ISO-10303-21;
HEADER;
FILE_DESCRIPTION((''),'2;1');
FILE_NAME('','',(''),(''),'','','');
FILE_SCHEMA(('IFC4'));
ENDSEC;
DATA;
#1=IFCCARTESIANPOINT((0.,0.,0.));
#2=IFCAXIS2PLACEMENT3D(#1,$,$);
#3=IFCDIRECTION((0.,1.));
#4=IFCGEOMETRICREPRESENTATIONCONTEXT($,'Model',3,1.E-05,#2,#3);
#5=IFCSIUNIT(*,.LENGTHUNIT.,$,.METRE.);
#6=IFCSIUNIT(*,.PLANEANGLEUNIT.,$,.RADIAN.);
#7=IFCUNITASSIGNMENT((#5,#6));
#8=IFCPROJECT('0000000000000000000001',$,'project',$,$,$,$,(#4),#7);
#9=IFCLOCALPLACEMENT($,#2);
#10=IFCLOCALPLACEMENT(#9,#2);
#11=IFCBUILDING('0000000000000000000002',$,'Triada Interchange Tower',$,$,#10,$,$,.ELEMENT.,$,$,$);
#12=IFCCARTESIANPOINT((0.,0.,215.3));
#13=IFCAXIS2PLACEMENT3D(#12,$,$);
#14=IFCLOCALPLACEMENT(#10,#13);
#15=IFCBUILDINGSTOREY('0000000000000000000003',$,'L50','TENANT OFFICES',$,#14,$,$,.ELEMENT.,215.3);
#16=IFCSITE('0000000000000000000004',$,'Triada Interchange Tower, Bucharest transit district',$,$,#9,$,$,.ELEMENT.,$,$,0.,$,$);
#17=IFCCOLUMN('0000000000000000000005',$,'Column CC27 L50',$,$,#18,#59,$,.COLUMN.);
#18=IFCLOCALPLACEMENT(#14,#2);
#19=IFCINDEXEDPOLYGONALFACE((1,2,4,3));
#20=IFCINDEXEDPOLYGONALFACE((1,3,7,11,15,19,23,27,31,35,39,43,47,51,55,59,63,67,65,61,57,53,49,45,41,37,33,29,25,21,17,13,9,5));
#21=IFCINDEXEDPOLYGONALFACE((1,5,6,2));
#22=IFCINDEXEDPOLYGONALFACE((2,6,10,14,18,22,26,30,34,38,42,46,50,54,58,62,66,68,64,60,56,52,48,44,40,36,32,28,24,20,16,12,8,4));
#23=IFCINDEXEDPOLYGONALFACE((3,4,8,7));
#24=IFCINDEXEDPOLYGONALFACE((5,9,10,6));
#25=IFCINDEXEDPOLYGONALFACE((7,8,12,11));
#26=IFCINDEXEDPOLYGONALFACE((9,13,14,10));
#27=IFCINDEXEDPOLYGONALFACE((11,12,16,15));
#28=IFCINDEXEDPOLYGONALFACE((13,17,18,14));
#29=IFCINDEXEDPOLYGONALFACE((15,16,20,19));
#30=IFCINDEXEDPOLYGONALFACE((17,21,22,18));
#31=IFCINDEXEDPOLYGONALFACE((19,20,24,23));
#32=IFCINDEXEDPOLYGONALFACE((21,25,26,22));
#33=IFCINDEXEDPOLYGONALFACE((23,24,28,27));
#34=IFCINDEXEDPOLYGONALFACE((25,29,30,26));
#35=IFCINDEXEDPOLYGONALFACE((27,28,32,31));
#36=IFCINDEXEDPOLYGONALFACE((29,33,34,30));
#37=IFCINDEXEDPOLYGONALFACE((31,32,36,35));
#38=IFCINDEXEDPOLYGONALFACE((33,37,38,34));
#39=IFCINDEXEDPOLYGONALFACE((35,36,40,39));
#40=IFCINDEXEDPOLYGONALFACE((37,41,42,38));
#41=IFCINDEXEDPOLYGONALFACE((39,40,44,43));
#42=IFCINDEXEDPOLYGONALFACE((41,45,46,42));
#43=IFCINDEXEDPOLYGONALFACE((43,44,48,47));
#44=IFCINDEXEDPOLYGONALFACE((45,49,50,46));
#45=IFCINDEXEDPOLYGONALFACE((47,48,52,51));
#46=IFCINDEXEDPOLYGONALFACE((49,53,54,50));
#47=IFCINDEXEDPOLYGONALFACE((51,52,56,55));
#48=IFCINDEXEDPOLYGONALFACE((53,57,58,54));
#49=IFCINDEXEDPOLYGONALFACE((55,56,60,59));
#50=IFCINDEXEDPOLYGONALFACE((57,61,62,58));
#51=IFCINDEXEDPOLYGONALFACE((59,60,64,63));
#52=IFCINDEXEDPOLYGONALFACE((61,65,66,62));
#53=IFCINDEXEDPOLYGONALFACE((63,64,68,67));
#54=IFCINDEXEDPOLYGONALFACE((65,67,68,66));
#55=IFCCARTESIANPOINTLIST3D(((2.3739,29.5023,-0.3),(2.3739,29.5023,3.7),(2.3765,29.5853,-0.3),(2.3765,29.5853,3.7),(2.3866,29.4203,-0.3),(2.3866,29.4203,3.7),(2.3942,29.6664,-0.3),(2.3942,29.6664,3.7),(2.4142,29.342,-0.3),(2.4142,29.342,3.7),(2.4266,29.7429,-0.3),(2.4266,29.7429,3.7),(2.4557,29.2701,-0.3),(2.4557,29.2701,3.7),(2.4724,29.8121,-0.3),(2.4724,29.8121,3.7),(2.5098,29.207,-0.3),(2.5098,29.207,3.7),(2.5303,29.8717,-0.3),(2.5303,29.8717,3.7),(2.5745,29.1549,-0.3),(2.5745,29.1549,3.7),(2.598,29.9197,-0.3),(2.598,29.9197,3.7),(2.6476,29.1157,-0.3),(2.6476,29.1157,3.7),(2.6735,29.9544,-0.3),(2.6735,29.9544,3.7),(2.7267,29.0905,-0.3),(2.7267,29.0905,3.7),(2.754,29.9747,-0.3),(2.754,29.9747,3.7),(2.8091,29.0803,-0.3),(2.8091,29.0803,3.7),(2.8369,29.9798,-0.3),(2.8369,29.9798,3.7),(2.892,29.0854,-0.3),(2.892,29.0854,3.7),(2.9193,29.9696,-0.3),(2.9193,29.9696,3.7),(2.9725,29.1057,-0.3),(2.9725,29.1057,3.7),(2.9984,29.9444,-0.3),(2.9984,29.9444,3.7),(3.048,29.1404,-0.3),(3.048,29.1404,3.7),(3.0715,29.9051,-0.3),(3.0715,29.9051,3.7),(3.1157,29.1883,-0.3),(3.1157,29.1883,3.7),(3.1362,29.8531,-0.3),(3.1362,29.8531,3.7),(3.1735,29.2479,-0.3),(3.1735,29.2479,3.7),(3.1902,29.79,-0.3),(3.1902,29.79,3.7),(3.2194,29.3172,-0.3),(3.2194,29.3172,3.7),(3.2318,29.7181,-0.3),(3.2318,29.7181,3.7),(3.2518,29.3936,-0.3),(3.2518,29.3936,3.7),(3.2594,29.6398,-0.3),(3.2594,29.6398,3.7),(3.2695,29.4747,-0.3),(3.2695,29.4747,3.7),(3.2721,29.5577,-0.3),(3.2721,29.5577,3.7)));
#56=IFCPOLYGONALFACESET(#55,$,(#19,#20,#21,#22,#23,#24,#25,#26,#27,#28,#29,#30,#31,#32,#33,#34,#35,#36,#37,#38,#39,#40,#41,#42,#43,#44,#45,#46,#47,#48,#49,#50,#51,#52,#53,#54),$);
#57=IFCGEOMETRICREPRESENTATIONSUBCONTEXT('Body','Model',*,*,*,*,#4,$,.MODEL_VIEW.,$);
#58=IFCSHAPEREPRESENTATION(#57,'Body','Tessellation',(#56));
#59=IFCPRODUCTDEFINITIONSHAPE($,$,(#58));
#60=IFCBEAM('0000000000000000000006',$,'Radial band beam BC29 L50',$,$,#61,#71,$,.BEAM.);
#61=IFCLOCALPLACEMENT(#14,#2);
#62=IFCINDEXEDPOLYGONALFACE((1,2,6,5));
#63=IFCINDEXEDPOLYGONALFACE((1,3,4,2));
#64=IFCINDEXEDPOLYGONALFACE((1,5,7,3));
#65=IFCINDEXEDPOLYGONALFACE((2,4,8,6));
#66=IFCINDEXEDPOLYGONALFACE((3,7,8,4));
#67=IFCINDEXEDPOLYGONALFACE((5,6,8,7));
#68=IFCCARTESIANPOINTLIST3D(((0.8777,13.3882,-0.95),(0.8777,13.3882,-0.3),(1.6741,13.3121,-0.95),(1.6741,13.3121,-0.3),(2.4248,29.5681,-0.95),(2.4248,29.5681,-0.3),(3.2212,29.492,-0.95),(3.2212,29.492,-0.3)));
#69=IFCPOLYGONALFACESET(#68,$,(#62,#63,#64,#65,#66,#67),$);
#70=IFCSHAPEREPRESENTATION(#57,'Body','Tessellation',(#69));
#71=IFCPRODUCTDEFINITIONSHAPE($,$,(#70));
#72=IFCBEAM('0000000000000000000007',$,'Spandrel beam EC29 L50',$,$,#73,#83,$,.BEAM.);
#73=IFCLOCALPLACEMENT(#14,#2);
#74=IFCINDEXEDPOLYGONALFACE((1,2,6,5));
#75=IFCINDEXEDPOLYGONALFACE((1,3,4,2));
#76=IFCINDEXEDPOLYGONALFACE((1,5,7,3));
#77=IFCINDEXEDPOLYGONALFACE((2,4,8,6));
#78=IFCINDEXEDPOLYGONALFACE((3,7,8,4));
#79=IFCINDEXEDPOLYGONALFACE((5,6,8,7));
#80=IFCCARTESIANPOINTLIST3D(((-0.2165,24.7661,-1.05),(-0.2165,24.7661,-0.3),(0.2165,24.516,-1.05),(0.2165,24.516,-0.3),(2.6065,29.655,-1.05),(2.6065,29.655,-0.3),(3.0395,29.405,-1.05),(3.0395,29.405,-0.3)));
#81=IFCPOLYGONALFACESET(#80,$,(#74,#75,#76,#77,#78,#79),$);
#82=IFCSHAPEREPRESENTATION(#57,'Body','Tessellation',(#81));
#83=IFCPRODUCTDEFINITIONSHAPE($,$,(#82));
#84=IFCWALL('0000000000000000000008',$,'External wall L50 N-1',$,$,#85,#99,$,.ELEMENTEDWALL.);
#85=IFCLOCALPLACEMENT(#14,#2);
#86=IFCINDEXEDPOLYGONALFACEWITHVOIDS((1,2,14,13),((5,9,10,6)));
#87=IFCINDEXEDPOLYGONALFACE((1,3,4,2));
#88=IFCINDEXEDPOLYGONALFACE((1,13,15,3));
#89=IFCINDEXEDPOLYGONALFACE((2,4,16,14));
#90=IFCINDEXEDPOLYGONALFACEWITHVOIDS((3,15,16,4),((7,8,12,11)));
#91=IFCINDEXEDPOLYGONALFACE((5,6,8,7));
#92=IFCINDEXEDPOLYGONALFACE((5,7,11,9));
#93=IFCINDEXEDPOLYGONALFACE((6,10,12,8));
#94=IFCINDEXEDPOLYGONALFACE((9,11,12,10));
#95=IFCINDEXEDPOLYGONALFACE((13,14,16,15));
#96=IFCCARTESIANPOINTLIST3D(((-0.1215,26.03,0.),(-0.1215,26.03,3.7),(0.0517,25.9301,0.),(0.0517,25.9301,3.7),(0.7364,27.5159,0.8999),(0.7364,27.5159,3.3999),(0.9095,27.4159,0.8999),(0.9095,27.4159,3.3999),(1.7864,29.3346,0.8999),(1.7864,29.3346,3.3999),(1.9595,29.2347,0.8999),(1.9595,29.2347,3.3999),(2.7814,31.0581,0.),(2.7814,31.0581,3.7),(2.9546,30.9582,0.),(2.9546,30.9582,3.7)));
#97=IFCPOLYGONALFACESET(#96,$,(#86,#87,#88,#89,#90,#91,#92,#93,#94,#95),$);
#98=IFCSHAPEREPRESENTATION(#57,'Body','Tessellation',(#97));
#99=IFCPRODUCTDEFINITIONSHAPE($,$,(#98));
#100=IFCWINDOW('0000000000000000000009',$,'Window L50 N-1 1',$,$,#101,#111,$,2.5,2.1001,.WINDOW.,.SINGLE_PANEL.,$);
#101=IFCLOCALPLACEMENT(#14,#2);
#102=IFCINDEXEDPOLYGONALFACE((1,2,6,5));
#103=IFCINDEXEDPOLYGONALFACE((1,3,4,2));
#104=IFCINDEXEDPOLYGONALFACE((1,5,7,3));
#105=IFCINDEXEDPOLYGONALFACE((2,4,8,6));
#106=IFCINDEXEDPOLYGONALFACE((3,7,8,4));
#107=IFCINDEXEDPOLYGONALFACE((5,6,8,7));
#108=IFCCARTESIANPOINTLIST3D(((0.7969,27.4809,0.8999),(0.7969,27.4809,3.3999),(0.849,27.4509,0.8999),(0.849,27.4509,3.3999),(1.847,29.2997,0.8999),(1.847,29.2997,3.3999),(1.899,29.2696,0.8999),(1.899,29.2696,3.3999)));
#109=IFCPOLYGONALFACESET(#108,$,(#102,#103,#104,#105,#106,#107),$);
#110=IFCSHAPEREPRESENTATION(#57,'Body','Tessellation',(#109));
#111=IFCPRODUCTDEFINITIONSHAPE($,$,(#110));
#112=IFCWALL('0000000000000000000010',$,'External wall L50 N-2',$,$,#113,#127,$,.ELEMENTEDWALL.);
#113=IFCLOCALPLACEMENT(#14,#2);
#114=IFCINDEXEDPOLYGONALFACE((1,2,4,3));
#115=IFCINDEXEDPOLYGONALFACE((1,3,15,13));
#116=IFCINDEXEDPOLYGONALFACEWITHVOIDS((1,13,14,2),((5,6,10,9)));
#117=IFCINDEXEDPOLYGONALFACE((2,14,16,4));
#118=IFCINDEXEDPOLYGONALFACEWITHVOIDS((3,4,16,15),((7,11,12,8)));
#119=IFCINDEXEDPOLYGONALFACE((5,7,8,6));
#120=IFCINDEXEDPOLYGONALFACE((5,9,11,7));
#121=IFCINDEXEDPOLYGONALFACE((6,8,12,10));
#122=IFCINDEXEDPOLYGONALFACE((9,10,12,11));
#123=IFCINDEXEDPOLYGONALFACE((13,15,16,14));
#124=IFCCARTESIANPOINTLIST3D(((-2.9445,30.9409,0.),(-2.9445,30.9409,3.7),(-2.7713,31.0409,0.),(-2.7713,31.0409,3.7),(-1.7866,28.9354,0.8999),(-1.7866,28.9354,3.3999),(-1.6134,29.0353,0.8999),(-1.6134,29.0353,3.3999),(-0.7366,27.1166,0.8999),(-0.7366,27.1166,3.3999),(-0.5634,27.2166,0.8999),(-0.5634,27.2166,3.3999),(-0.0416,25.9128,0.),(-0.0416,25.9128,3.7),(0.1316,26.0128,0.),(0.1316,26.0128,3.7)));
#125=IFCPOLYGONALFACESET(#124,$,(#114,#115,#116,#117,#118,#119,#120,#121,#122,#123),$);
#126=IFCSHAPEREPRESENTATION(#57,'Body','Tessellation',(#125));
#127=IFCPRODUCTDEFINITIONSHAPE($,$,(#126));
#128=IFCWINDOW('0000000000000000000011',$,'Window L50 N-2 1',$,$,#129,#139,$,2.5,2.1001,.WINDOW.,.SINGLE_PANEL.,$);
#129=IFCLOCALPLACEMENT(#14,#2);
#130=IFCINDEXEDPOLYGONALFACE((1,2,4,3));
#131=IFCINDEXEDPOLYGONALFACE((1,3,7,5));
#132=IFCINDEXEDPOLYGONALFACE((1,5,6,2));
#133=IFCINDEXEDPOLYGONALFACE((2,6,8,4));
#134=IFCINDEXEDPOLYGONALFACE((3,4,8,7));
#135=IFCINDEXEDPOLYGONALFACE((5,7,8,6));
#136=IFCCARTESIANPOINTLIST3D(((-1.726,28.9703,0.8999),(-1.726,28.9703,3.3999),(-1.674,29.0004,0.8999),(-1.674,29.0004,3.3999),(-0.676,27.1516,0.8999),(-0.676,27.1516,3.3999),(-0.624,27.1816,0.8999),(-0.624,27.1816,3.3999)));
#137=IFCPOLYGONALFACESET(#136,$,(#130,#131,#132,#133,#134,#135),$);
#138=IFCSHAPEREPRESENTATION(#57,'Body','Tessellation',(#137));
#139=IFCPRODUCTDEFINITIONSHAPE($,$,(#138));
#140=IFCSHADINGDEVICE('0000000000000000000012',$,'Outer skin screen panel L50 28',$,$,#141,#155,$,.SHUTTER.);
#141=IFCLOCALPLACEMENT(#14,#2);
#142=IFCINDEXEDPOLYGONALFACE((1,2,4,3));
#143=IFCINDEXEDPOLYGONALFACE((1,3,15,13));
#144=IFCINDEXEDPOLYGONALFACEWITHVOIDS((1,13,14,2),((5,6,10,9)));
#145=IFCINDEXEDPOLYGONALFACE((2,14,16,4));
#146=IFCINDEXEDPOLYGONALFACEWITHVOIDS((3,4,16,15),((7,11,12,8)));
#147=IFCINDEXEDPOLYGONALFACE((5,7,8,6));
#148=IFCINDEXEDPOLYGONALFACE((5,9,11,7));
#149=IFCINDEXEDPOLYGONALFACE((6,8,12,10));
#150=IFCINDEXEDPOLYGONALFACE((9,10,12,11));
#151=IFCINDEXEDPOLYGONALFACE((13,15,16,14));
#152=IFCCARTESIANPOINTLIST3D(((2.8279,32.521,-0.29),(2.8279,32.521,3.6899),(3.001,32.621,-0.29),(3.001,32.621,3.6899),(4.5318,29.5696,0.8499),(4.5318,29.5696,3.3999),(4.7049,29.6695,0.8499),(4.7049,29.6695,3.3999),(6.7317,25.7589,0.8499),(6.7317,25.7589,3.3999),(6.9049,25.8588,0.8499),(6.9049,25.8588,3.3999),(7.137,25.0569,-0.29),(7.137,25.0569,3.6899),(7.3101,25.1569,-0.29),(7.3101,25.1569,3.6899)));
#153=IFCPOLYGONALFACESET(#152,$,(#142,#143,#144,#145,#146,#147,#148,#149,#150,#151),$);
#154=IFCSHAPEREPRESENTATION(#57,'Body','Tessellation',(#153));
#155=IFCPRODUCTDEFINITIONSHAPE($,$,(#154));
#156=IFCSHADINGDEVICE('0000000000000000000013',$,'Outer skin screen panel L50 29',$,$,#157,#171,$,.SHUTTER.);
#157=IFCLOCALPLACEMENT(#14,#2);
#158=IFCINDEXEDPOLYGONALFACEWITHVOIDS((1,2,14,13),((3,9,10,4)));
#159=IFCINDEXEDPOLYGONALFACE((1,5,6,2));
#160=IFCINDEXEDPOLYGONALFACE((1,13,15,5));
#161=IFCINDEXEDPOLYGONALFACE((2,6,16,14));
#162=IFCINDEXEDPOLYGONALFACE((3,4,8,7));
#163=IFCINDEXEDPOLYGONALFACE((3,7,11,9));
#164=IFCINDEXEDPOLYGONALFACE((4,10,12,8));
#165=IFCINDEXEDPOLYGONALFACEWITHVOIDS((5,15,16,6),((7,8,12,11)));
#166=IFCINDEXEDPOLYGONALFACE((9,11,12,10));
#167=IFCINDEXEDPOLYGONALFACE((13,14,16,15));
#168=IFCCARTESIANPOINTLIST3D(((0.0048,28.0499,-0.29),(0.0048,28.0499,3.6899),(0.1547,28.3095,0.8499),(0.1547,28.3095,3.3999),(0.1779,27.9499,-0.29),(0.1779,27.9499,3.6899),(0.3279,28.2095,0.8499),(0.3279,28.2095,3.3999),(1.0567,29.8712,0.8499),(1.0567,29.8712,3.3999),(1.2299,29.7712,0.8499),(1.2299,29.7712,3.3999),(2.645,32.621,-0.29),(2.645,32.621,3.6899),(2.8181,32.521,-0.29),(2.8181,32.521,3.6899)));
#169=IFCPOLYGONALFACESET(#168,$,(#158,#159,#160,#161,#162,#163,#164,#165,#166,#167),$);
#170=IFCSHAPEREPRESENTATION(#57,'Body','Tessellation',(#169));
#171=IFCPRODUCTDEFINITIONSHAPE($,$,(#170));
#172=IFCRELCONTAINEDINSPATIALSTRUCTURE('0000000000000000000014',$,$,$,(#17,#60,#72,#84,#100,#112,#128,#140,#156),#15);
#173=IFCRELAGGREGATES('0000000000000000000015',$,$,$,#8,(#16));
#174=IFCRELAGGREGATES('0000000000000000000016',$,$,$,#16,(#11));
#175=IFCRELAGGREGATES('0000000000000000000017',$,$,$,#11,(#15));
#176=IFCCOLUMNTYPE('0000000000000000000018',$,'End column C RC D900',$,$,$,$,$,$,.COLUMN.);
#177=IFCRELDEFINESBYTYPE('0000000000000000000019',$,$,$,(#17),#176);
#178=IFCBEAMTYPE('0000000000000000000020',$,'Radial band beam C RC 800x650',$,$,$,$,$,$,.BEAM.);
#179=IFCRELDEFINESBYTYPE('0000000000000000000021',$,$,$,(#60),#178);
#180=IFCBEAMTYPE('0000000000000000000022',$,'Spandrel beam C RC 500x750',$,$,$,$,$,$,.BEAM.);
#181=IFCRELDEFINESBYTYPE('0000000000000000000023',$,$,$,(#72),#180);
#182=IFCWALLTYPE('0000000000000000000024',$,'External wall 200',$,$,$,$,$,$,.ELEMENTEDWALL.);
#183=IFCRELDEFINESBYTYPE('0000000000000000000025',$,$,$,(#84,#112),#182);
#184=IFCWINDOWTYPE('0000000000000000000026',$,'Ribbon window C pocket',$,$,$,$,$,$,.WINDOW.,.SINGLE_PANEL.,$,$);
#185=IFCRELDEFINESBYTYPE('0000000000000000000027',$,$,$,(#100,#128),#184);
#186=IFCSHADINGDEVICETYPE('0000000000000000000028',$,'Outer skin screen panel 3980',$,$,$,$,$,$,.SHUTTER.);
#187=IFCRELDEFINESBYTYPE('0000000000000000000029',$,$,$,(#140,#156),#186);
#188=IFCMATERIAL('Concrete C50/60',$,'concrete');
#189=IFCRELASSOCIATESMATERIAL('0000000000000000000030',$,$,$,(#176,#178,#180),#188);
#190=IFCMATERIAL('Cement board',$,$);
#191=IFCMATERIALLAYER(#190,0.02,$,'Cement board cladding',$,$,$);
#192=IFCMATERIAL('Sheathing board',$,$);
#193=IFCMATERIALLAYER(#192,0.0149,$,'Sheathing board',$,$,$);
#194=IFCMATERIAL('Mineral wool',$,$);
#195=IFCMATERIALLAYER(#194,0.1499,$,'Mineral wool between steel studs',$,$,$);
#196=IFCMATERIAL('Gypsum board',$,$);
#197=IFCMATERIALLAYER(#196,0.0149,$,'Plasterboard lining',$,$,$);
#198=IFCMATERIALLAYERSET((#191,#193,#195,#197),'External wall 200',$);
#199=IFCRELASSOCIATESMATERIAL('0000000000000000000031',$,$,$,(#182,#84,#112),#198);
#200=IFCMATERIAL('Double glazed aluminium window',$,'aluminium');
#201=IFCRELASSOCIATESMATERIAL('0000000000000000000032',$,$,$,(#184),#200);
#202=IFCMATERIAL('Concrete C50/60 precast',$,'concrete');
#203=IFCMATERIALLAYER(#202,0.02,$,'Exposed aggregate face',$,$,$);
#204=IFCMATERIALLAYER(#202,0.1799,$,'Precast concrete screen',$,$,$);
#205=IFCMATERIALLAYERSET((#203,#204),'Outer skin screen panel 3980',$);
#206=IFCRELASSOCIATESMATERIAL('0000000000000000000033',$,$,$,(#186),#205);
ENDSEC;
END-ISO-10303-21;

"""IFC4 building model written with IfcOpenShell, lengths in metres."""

from ifc_helpers import new_model, si_unit, direction, frame, frame_2d, origin, origin_2d, place, context, subcontext, project, spatial, polyline, rectangle, circle, outline, extrude, material, layer, layer_set, layer_usage, material_profile, profile_set, type_object, element, fill, save


model = new_model("IFC4")

# Units and contexts
model_context = context("Model", 3, precision=1e-05, world=origin(), true_north=direction((0.0, 1.0)))
body_context = subcontext(model_context, "Body", "Model", "MODEL_VIEW")
ifc_project = project(units=[si_unit("LENGTHUNIT", "METRE"), si_unit("PLANEANGLEUNIT", "RADIAN")], contexts=[model_context])

# Site, building, storey
site_placement = place(None, origin())
site = spatial("IfcSite", under=ifc_project, at=site_placement, Name="Triada Interchange Tower, Bucharest transit district", CompositionType="ELEMENT", RefElevation=0.0)
building_placement = place(site_placement, origin())
building = spatial("IfcBuilding", under=site, at=building_placement, Name="Triada Interchange Tower", CompositionType="ELEMENT")
storey_placement = place(building_placement, frame((0.0, 0.0, 215.3)))
storey = spatial("IfcBuildingStorey", under=building, at=storey_placement, Name="L50", Description="TENANT OFFICES", CompositionType="ELEMENT", Elevation=215.3)

# Column
ifc_material_1 = material(Name="Concrete C50/60", Category="concrete")
ifc_material_profile_1 = material_profile(ifc_material_1, circle(Radius=0.45, at=origin_2d()), Name="RC D900")
ifc_profile_set_1 = profile_set([ifc_material_profile_1], Name="Concrete C50/60")
column_type = type_object("IfcColumnType", Name="End column C RC D900", PredefinedType="COLUMN", material=ifc_profile_set_1)
column_placement = place(storey_placement, frame((2.823, 29.53, -0.3), z_axis=(0.0, 0.0, 1.0), x_axis=(-0.5, 0.866025, 0.0)))
element("IfcColumn", 1, at=column_placement, inside=storey, type_object=column_type, Name="Column CC27 L50", PredefinedType="COLUMN", context=body_context, shape_type="SweptSolid", body=[
    extrude(circle(Radius=0.45, at=origin_2d()), origin(), (0.0, 0.0, 1.0), 4.0),
])

# Beams
ifc_material_profile_2 = material_profile(ifc_material_1, rectangle(XDim=0.8, YDim=0.6499, at=origin_2d()), Name="RC 800x650")
ifc_profile_set_2 = profile_set([ifc_material_profile_2], Name="Concrete C50/60")
beam_type_1 = type_object("IfcBeamType", Name="Radial band beam C RC 800x650", PredefinedType="BEAM", material=ifc_profile_set_2)
beam_1_placement = place(storey_placement, frame((2.823, 29.53, -0.625), z_axis=(-0.095185, -0.99546, 0.0), x_axis=(0.99546, -0.095185, 0.0)))
element("IfcBeam", 2, at=beam_1_placement, inside=storey, type_object=beam_type_1, Name="Radial band beam BC29 L50", PredefinedType="BEAM", context=body_context, shape_type="SweptSolid", body=[
    extrude(rectangle(XDim=0.8, YDim=0.6499, at=origin_2d()), origin(), (0.0, 0.0, 1.0), 16.2537),
])
ifc_material_profile_3 = material_profile(ifc_material_1, rectangle(XDim=0.5, YDim=0.75, at=origin_2d()), Name="RC 500x750")
ifc_profile_set_3 = profile_set([ifc_material_profile_3], Name="Concrete C50/60")
beam_type_2 = type_object("IfcBeamType", Name="Spandrel beam C RC 500x750", PredefinedType="BEAM", material=ifc_profile_set_3)
beam_2_placement = place(storey_placement, frame((2.823, 29.53, -0.675), z_axis=(-0.500051, -0.865996, 0.0), x_axis=(0.865996, -0.500051, 0.0)))
element("IfcBeam", 3, at=beam_2_placement, inside=storey, type_object=beam_type_2, Name="Spandrel beam EC29 L50", PredefinedType="BEAM", context=body_context, shape_type="SweptSolid", body=[
    extrude(rectangle(XDim=0.5, YDim=0.75, at=origin_2d()), origin(), (0.0, 0.0, 1.0), 5.6455),
])

# Walls, openings, windows
ifc_material_2 = material(Name="Cement board")
ifc_layer_1 = layer(ifc_material_2, 0.02, Name="Cement board cladding")
ifc_material_3 = material(Name="Sheathing board")
ifc_layer_2 = layer(ifc_material_3, 0.0149, Name="Sheathing board")
ifc_material_4 = material(Name="Mineral wool")
ifc_layer_3 = layer(ifc_material_4, 0.1499, Name="Mineral wool between steel studs")
ifc_material_5 = material(Name="Gypsum board")
ifc_layer_4 = layer(ifc_material_5, 0.0149, Name="Plasterboard lining")
ifc_layer_set_1 = layer_set([ifc_layer_1, ifc_layer_2, ifc_layer_3, ifc_layer_4], Name="External wall 200")
ifc_layer_usage = layer_usage(ifc_layer_set_1, "AXIS2", "POSITIVE", -0.1001)
wall_type = type_object("IfcWallType", Name="External wall 200", PredefinedType="ELEMENTEDWALL", material=ifc_layer_set_1)
wall_1_placement = place(storey_placement, frame((2.8679, 31.0081, 0.0), z_axis=(0.0, 0.0, 1.0), x_axis=(-0.499983, -0.866035, 0.0)))
wall_1 = element("IfcWall", 4, at=wall_1_placement, inside=storey, type_object=wall_type, material=ifc_layer_usage, Name="External wall L50 N-1", PredefinedType="ELEMENTEDWALL", context=body_context, shape_type="SweptSolid", body=[
    extrude(rectangle(XDim=5.8059, YDim=0.2, at=frame_2d((2.9028, 0.0))), origin(), (0.0, 0.0, 1.0), 3.7),
])
opening_1_placement = place(wall_1_placement, frame((1.99, 0.0, 0.8999)))
opening_1 = element("IfcOpeningElement", 5, at=opening_1_placement, cuts=wall_1, PredefinedType="OPENING", context=body_context, shape_type="SweptSolid", body=[
    extrude(rectangle(XDim=2.1001, YDim=2.5, at=frame_2d((1.05, 1.25))), frame((0.0, 0.1099, 0.0), z_axis=(0.0, -1.0, 0.0), x_axis=(1.0, 0.0, 0.0)), (0.0, 0.0, 1.0), 0.22),
])
ifc_material_6 = material(Name="Double glazed aluminium window", Category="aluminium")
window_type = type_object("IfcWindowType", Name="Ribbon window C pocket", PartitioningType="SINGLE_PANEL", PredefinedType="WINDOW", material=ifc_material_6)
window_1_placement = place(opening_1_placement, origin())
window_1 = element("IfcWindow", 6, at=window_1_placement, inside=storey, type_object=window_type, Name="Window L50 N-1 1", OverallHeight=2.5, OverallWidth=2.1001, PartitioningType="SINGLE_PANEL", PredefinedType="WINDOW", context=body_context, shape_type="SweptSolid", body=[
    extrude(rectangle(XDim=2.1001, YDim=2.5, at=frame_2d((1.05, 1.25))), frame((0.0, 0.03, 0.0), z_axis=(0.0, -1.0, 0.0), x_axis=(1.0, 0.0, 0.0)), (0.0, 0.0, 1.0), 0.0601),
])
fill(opening_1, window_1)
wall_2_placement = place(storey_placement, frame((0.0449, 25.9629, 0.0), z_axis=(0.0, 0.0, 1.0), x_axis=(-0.499983, 0.866035, 0.0)))
wall_2 = element("IfcWall", 7, at=wall_2_placement, inside=storey, type_object=wall_type, material=ifc_layer_usage, Name="External wall L50 N-2", PredefinedType="ELEMENTEDWALL", context=body_context, shape_type="SweptSolid", body=[
    extrude(rectangle(XDim=5.8059, YDim=0.2, at=frame_2d((2.9028, 0.0))), origin(), (0.0, 0.0, 1.0), 3.7),
])
opening_2_placement = place(wall_2_placement, frame((1.3899, 0.0, 0.8999)))
opening_2 = element("IfcOpeningElement", 8, at=opening_2_placement, cuts=wall_2, PredefinedType="OPENING", context=body_context, shape_type="SweptSolid", body=[
    extrude(rectangle(XDim=2.1001, YDim=2.5, at=frame_2d((1.05, 1.25))), frame((0.0, 0.1099, 0.0), z_axis=(0.0, -1.0, 0.0), x_axis=(1.0, 0.0, 0.0)), (0.0, 0.0, 1.0), 0.22),
])
window_2_placement = place(opening_2_placement, origin())
window_2 = element("IfcWindow", 9, at=window_2_placement, inside=storey, type_object=window_type, Name="Window L50 N-2 1", OverallHeight=2.5, OverallWidth=2.1001, PartitioningType="SINGLE_PANEL", PredefinedType="WINDOW", context=body_context, shape_type="SweptSolid", body=[
    extrude(rectangle(XDim=2.1001, YDim=2.5, at=frame_2d((1.05, 1.25))), frame((0.0, 0.03, 0.0), z_axis=(0.0, -1.0, 0.0), x_axis=(1.0, 0.0, 0.0)), (0.0, 0.0, 1.0), 0.0601),
])
fill(opening_2, window_2)

# Shading devices
ifc_material_7 = material(Name="Concrete C50/60 precast", Category="concrete")
ifc_layer_5 = layer(ifc_material_7, 0.02, Name="Exposed aggregate face")
ifc_layer_6 = layer(ifc_material_7, 0.1799, Name="Precast concrete screen")
ifc_layer_set_2 = layer_set([ifc_layer_5, ifc_layer_6], Name="Outer skin screen panel 3980")
shading_device_type = type_object("IfcShadingDeviceType", Name="Outer skin screen panel 3980", PredefinedType="SHUTTER", material=ifc_layer_set_2)
shading_device_1_placement = place(storey_placement, frame((7.137, 25.0569, -0.29), z_axis=(0.0, 0.0, 1.0), x_axis=(-0.499972, 0.866042, 0.0)))
element("IfcShadingDevice", 10, at=shading_device_1_placement, inside=storey, type_object=shading_device_type, Name="Outer skin screen panel L50 28", PredefinedType="SHUTTER", context=body_context, shape_type="SweptSolid", body=[
    extrude(outline(polyline([(0.0, 0.0), (8.6187, 0.0), (8.6187, 3.98), (0.0, 3.98), (0.0, 0.0)]), holes=[polyline([(0.8105, 1.1399), (0.8105, 3.6899), (5.2107, 3.6899), (5.2107, 1.1399), (0.8105, 1.1399)])]), frame((0.0, 0.0, 0.0), z_axis=(0.0, -1.0, 0.0), x_axis=(1.0, 0.0, 0.0)), (0.0, 0.0, 1.0), 0.2),
])
shading_device_2_placement = place(storey_placement, frame((2.8181, 32.521, -0.29), z_axis=(0.0, 0.0, 1.0), x_axis=(-0.500148, -0.86594, 0.0)))
element("IfcShadingDevice", 11, at=shading_device_2_placement, inside=storey, type_object=shading_device_type, Name="Outer skin screen panel L50 29", PredefinedType="SHUTTER", context=body_context, shape_type="SweptSolid", body=[
    extrude(outline(polyline([(0.0, 0.0), (5.2788, 0.0), (5.2788, 3.98), (0.0, 3.98), (0.0, 0.0)]), holes=[polyline([(3.1755, 1.1399), (3.1755, 3.6899), (4.979, 3.6899), (4.979, 1.1399), (3.1755, 1.1399)])]), frame((0.0, 0.0, 0.0), z_axis=(0.0, -1.0, 0.0), x_axis=(1.0, 0.0, 0.0)), (0.0, 0.0, 1.0), 0.2),
])

save(model, "model.ifc")
